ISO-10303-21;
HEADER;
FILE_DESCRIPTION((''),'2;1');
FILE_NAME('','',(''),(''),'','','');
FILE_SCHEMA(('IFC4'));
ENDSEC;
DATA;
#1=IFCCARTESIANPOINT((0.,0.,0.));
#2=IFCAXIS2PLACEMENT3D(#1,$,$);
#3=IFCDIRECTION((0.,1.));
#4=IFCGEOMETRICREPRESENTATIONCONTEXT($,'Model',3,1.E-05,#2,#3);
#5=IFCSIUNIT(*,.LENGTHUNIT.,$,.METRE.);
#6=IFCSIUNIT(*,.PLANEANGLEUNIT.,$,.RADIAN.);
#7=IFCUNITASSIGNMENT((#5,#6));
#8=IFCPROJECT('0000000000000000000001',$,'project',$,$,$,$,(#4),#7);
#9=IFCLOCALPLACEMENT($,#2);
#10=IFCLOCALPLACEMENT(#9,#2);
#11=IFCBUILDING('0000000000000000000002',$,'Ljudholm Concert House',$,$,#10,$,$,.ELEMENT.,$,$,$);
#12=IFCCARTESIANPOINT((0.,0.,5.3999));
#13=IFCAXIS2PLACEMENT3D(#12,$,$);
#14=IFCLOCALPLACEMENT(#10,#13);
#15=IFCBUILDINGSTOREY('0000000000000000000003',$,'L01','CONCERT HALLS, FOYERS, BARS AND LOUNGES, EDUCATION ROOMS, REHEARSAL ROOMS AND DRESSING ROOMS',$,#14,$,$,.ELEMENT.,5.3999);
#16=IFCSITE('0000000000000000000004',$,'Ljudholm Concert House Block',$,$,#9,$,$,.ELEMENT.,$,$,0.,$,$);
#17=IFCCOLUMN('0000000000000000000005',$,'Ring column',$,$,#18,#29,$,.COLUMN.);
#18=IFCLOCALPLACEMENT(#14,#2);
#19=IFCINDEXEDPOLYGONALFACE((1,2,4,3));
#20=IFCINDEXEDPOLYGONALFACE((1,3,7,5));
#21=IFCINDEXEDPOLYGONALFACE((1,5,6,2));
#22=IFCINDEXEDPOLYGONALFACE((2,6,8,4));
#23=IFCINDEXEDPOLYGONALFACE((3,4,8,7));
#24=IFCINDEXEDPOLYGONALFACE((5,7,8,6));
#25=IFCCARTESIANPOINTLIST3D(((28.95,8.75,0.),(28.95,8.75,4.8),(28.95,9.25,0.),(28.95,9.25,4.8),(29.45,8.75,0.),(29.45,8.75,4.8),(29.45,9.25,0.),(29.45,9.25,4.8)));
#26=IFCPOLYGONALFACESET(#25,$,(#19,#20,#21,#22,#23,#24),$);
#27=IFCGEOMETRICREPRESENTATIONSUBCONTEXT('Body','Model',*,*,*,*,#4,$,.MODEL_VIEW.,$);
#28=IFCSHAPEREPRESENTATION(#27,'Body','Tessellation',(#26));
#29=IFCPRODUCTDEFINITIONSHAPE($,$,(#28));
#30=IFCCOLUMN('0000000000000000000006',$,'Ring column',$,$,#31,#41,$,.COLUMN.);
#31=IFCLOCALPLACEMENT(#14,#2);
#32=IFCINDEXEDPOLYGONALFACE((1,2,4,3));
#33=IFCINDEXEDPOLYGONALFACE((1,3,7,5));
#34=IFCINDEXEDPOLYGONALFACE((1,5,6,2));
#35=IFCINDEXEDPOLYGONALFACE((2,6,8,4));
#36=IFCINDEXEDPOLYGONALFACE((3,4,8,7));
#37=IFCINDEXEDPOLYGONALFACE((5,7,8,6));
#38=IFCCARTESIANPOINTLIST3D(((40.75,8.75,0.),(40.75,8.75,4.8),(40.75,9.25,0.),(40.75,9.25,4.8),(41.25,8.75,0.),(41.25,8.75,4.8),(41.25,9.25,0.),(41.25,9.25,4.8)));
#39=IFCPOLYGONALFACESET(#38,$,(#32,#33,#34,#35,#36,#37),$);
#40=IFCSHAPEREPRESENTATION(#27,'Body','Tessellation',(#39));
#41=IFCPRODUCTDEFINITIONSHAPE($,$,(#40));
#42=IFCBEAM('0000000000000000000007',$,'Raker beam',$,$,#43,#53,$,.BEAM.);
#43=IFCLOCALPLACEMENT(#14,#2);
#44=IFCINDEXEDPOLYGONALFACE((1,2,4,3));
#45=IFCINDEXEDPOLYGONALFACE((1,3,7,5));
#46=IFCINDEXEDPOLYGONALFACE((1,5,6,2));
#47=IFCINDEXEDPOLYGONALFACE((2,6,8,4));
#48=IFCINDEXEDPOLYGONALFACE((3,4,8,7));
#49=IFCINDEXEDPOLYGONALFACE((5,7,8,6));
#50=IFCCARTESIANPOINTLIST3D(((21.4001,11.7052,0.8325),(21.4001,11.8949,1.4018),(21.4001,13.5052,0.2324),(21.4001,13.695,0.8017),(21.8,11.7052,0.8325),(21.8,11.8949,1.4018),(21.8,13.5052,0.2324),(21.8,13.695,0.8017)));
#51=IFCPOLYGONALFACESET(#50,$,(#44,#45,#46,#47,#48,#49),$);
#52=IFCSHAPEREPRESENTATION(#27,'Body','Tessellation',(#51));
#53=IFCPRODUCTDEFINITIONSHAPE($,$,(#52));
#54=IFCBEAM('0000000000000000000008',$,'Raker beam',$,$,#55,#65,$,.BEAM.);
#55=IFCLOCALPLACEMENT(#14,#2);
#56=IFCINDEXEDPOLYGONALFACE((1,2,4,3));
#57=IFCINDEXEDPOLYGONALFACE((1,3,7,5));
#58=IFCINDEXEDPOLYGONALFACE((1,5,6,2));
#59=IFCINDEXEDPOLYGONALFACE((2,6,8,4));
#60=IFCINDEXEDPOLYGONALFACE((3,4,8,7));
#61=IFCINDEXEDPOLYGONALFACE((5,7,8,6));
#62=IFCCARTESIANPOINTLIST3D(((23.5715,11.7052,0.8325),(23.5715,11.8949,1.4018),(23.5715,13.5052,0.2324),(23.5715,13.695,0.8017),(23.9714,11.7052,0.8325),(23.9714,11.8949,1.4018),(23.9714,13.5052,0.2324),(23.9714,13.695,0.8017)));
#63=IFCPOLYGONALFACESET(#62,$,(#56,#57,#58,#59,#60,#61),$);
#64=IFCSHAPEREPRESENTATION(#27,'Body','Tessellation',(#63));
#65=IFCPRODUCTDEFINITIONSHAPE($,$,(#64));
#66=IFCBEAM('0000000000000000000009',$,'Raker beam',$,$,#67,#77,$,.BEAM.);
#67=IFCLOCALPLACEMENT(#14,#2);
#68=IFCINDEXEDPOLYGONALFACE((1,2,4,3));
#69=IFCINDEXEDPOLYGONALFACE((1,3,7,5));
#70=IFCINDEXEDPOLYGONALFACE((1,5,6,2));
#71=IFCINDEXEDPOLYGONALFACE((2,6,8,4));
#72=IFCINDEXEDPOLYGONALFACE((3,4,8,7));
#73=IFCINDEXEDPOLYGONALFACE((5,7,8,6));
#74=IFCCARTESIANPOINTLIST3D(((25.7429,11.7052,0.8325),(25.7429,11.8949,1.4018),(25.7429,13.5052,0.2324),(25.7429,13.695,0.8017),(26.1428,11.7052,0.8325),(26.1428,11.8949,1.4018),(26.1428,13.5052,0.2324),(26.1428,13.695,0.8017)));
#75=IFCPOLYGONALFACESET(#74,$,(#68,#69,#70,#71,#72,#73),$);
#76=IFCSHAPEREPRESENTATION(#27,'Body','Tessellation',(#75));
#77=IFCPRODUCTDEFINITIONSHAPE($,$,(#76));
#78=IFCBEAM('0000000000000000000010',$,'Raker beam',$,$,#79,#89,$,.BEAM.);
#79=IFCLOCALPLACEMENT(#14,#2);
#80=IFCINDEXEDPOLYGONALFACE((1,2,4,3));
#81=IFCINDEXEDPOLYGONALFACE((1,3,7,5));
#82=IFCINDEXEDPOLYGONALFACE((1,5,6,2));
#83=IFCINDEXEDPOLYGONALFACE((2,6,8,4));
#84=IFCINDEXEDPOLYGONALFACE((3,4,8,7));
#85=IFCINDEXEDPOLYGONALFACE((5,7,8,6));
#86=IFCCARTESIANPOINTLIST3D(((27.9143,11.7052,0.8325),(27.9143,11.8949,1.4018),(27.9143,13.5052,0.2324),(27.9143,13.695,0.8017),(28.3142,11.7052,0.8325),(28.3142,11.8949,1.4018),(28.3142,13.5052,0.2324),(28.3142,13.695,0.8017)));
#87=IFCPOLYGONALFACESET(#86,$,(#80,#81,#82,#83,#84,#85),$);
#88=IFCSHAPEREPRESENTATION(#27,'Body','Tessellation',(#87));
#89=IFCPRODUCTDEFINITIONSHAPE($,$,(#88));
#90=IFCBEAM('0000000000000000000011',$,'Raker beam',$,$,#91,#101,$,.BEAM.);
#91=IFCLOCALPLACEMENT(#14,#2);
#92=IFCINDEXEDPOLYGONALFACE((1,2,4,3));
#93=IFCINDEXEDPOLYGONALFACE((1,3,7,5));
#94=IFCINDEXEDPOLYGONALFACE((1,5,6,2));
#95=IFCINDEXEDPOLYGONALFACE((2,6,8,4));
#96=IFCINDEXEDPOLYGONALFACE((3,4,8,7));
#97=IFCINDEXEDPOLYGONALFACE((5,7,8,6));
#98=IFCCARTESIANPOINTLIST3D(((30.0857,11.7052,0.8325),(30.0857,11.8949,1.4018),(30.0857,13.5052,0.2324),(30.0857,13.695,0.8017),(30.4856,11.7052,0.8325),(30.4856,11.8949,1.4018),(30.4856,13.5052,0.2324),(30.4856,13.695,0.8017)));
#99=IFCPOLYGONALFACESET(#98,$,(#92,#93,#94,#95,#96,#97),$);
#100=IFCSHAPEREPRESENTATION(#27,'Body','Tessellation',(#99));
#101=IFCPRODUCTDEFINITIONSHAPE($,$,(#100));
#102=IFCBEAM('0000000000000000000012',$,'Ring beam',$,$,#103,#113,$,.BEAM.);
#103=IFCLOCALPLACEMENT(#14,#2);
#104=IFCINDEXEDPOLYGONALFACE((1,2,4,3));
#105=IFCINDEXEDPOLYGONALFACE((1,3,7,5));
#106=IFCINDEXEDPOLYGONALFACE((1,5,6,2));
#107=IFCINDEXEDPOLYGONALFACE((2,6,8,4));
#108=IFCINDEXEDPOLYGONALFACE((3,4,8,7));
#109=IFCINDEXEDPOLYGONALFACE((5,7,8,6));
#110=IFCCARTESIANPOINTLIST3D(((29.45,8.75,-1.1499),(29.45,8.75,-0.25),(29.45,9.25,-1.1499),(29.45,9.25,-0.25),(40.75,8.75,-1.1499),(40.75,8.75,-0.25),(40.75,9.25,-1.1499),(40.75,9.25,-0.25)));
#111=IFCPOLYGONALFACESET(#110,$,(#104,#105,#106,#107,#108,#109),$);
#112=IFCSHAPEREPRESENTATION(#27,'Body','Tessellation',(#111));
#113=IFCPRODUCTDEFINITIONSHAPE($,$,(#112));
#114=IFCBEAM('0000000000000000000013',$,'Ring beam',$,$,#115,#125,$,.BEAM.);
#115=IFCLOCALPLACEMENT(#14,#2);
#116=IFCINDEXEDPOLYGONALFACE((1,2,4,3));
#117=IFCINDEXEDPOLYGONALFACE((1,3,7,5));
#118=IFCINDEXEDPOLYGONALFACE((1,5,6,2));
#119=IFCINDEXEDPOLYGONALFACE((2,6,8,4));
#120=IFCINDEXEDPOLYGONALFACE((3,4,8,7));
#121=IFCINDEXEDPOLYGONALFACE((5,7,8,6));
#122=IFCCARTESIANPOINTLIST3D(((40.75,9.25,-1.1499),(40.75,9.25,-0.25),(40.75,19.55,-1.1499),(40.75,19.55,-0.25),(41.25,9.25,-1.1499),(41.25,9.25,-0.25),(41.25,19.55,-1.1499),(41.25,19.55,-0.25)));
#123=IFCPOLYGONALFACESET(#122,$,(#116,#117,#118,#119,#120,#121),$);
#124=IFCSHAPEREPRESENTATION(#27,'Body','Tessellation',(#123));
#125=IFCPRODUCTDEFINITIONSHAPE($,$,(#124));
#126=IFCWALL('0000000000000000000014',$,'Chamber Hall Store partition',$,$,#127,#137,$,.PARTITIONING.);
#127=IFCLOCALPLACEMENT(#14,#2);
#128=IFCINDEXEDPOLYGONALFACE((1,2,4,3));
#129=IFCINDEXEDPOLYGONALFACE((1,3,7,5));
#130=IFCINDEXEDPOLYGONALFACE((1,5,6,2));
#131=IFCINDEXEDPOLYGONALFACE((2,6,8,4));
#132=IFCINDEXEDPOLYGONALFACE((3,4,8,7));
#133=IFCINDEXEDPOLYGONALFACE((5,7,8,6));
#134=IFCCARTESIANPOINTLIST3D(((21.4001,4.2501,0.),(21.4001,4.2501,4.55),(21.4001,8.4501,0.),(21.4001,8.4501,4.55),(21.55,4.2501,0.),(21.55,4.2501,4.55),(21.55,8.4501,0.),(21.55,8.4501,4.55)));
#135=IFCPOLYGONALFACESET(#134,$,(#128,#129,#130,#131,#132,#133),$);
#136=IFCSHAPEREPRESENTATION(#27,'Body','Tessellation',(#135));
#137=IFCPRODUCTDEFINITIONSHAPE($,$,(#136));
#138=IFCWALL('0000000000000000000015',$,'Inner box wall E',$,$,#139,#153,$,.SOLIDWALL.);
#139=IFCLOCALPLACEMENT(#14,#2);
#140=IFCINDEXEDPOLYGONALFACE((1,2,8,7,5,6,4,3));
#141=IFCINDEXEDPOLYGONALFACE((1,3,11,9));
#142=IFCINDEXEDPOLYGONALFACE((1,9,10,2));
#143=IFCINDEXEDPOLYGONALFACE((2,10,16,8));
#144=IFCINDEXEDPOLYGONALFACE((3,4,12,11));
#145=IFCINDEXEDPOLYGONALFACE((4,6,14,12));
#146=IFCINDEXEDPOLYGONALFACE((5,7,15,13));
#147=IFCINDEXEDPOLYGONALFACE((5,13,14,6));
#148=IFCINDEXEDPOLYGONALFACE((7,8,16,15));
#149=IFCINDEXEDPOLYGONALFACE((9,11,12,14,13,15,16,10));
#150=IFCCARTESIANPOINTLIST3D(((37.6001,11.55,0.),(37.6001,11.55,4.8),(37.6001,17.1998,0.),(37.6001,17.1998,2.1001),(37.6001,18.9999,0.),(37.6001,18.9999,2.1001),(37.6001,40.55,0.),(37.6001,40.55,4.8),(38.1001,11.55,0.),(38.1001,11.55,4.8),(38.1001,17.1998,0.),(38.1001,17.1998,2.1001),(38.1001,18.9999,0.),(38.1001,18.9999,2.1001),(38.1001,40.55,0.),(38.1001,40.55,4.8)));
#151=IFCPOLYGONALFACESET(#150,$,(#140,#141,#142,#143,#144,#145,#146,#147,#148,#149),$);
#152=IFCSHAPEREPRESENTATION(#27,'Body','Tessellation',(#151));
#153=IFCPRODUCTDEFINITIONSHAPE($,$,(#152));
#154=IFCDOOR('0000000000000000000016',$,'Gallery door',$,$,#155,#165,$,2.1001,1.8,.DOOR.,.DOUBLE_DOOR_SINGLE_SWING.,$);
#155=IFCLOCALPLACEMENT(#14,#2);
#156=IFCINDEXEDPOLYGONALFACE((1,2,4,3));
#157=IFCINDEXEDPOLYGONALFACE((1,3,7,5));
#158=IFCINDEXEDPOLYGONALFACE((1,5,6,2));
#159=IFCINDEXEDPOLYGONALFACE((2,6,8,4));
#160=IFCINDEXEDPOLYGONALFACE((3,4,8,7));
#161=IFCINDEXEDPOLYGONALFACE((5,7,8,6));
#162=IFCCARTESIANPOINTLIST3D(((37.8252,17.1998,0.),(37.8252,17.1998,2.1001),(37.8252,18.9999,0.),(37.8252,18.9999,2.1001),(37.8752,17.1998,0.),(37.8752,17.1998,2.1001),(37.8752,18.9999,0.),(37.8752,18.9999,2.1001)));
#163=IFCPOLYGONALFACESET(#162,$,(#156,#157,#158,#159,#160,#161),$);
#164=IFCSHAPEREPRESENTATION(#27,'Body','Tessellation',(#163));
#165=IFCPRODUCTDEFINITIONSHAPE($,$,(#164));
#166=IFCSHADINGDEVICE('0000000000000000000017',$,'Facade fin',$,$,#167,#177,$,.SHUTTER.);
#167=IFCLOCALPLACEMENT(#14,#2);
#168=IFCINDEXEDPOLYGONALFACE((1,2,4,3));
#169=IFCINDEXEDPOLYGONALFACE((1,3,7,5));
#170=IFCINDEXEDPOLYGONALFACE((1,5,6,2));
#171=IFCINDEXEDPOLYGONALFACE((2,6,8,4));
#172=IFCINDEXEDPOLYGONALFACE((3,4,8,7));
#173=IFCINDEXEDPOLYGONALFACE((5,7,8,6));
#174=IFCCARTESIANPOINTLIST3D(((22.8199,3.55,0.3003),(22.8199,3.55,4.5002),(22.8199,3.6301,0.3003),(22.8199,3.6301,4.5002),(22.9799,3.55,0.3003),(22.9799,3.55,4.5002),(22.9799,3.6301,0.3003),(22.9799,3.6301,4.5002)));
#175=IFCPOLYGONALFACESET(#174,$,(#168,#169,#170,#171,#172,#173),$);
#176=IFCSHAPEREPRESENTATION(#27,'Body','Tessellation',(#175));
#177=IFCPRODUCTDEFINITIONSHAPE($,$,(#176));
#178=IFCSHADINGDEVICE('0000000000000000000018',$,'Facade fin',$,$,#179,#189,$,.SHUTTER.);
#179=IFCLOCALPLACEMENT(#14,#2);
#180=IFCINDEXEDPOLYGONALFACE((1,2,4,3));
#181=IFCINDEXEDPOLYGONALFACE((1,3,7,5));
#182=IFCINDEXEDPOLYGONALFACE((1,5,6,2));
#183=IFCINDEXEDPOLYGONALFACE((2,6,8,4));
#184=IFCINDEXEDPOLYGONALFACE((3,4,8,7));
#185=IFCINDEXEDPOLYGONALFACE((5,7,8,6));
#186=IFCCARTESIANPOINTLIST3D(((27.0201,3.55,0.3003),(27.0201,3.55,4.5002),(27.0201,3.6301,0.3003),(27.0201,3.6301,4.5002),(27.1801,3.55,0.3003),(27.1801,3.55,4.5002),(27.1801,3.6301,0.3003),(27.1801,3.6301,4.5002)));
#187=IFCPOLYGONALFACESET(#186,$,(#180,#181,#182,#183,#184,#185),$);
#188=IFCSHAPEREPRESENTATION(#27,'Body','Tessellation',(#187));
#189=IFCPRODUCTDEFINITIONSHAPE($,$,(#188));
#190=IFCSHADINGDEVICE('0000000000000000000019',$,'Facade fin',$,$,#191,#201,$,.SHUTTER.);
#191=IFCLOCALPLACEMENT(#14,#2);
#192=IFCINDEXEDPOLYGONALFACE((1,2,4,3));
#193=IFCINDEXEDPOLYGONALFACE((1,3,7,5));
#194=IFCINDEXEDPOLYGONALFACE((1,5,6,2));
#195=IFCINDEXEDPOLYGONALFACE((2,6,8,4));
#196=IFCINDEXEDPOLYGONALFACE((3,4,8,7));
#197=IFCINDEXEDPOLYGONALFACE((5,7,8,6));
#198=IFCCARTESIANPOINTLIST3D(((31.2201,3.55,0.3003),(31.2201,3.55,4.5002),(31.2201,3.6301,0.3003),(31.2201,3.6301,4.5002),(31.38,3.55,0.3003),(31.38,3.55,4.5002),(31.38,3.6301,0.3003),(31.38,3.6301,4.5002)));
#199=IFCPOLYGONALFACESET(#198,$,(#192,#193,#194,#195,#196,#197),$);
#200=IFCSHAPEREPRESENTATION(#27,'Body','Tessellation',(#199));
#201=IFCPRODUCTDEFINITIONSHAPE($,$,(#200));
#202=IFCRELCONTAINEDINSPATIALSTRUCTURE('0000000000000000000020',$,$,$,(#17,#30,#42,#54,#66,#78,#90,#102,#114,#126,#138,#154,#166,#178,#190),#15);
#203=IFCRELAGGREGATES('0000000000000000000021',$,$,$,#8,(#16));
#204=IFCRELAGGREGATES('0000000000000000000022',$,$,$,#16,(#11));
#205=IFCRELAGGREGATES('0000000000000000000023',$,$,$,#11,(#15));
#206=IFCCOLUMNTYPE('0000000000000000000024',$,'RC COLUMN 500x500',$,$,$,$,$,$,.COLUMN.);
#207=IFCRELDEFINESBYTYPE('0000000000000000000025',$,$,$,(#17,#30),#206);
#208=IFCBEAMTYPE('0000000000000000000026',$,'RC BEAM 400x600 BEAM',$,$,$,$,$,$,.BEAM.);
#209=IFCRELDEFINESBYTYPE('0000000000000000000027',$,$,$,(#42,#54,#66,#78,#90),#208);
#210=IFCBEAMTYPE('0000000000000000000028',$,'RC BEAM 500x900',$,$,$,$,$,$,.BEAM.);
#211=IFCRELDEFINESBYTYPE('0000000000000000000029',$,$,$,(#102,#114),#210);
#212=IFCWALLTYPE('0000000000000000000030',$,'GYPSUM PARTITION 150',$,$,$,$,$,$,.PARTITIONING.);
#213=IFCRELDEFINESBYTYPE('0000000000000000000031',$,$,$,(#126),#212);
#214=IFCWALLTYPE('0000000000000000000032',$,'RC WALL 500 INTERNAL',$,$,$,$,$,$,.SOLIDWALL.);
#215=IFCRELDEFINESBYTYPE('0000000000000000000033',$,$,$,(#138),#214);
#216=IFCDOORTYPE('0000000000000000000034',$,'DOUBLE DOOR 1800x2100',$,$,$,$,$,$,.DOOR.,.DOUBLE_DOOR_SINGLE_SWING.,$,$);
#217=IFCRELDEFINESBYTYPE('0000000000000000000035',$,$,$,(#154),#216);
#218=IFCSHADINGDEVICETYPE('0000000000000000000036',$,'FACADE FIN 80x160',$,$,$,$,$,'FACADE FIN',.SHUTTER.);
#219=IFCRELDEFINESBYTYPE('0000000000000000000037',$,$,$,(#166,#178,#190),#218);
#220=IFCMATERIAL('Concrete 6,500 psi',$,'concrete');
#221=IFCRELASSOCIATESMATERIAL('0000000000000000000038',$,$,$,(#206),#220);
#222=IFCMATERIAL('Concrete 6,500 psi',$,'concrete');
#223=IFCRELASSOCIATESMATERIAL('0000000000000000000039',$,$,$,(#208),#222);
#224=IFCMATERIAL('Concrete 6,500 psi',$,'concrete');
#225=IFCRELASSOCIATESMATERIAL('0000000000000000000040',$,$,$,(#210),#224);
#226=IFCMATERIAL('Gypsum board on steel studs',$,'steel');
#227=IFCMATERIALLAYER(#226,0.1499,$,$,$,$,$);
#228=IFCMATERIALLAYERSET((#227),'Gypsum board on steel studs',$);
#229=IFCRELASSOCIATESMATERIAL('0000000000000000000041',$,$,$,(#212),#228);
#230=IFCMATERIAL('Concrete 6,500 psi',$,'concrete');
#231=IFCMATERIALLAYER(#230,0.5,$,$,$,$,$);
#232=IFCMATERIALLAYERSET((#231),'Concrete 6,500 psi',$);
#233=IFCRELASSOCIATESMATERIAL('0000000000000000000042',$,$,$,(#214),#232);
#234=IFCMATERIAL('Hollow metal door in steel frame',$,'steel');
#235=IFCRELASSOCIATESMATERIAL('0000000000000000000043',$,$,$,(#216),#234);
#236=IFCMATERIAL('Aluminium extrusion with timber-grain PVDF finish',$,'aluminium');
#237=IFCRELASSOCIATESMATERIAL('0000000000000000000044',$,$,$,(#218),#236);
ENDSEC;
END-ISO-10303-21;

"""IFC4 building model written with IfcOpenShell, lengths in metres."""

from ifc_helpers import new_model, si_unit, direction, frame, frame_2d, origin, origin_2d, place, context, subcontext, project, spatial, rectangle, extrude, material, layer, layer_set, material_profile, profile_set, type_object, element, fill, save


model = new_model("IFC4")

# Units and contexts
model_context = context("Model", 3, precision=1e-05, world=origin(), true_north=direction((0.0, 1.0)))
body_context = subcontext(model_context, "Body", "Model", "MODEL_VIEW")
ifc_project = project(units=[si_unit("LENGTHUNIT", "METRE"), si_unit("PLANEANGLEUNIT", "RADIAN")], contexts=[model_context])

# Site, building, storey
site_placement = place(None, origin())
site = spatial("IfcSite", under=ifc_project, at=site_placement, Name="Ljudholm Concert House Block", CompositionType="ELEMENT", RefElevation=0.0)
building_placement = place(site_placement, origin())
building = spatial("IfcBuilding", under=site, at=building_placement, Name="Ljudholm Concert House", CompositionType="ELEMENT")
storey_placement = place(building_placement, frame((0.0, 0.0, 5.3999)))
storey = spatial("IfcBuildingStorey", under=building, at=storey_placement, Name="L01", Description="CONCERT HALLS, FOYERS, BARS AND LOUNGES, EDUCATION ROOMS, REHEARSAL ROOMS AND DRESSING ROOMS", CompositionType="ELEMENT", Elevation=5.3999)

# Columns
ifc_material_1 = material(Name="Concrete 6,500 psi", Category="concrete")
ifc_material_profile_1 = material_profile(ifc_material_1, rectangle(XDim=0.5, YDim=0.5, at=origin_2d()), Name="RC COLUMN 500x500")
ifc_profile_set_1 = profile_set([ifc_material_profile_1], Name="Concrete 6,500 psi")
column_type = type_object("IfcColumnType", Name="RC COLUMN 500x500", PredefinedType="COLUMN", material=ifc_profile_set_1)
for number, where, z_axis, x_axis, name in (
    (1, (29.2, 9.0, 0.0), (0.0, 0.0, 1.0), (1.0, 0.0, 0.0), "Ring column"),
    (2, (41.0, 9.0, 0.0), (0.0, 0.0, 1.0), (1.0, 0.0, 0.0), "Ring column"),
):
    element("IfcColumn", number, at=place(storey_placement, frame(where, z_axis=z_axis, x_axis=x_axis)), inside=storey, type_object=column_type, Name=name, PredefinedType="COLUMN", context=body_context, shape_type="SweptSolid", body=[
        extrude(rectangle(XDim=0.5, YDim=0.5, at=origin_2d()), origin(), (0.0, 0.0, 1.0), 4.8),
    ])

# Beams
ifc_material_2 = material(Name="Concrete 6,500 psi", Category="concrete")
ifc_material_profile_2 = material_profile(ifc_material_2, rectangle(XDim=0.3999, YDim=0.6001, at=origin_2d()), Name="RC BEAM 400x600 BEAM")
ifc_profile_set_2 = profile_set([ifc_material_profile_2], Name="Concrete 6,500 psi")
beam_type_1 = type_object("IfcBeamType", Name="RC BEAM 400x600 BEAM", PredefinedType="BEAM", material=ifc_profile_set_2)
for number, where, z_axis, x_axis, name in (
    (3, (21.6001, 11.8, 1.1172), (0.0, 0.94867, -0.316266), (-1.0, 0.0, 0.0), "Raker beam"),
    (4, (23.7715, 11.8, 1.1172), (0.0, 0.94867, -0.316266), (-1.0, 0.0, 0.0), "Raker beam"),
    (5, (25.9429, 11.8, 1.1172), (0.0, 0.94867, -0.316266), (-1.0, 0.0, 0.0), "Raker beam"),
    (6, (28.1143, 11.8, 1.1172), (0.0, 0.94867, -0.316266), (-1.0, 0.0, 0.0), "Raker beam"),
    (7, (30.2856, 11.8, 1.1172), (0.0, 0.94867, -0.316266), (-1.0, 0.0, 0.0), "Raker beam"),
):
    element("IfcBeam", number, at=place(storey_placement, frame(where, z_axis=z_axis, x_axis=x_axis)), inside=storey, type_object=beam_type_1, Name=name, PredefinedType="BEAM", context=body_context, shape_type="SweptSolid", body=[
        extrude(rectangle(XDim=0.3999, YDim=0.6001, at=origin_2d()), origin(), (0.0, 0.0, 1.0), 1.8975),
    ])
ifc_material_3 = material(Name="Concrete 6,500 psi", Category="concrete")
ifc_material_profile_3 = material_profile(ifc_material_3, rectangle(XDim=0.5, YDim=0.8999, at=origin_2d()), Name="RC BEAM 500x900")
ifc_profile_set_3 = profile_set([ifc_material_profile_3], Name="Concrete 6,500 psi")
beam_type_2 = type_object("IfcBeamType", Name="RC BEAM 500x900", PredefinedType="BEAM", material=ifc_profile_set_3)
beam_1_placement = place(storey_placement, frame((29.45, 9.0, -0.7), z_axis=(1.0, 0.0, 0.0), x_axis=(0.0, 1.0, 0.0)))
element("IfcBeam", 8, at=beam_1_placement, inside=storey, type_object=beam_type_2, Name="Ring beam", PredefinedType="BEAM", context=body_context, shape_type="SweptSolid", body=[
    extrude(rectangle(XDim=0.5, YDim=0.8999, at=origin_2d()), origin(), (0.0, 0.0, 1.0), 11.3),
])
beam_2_placement = place(storey_placement, frame((41.0, 9.25, -0.7), z_axis=(0.0, 1.0, 0.0), x_axis=(-1.0, 0.0, 0.0)))
element("IfcBeam", 9, at=beam_2_placement, inside=storey, type_object=beam_type_2, Name="Ring beam", PredefinedType="BEAM", context=body_context, shape_type="SweptSolid", body=[
    extrude(rectangle(XDim=0.5, YDim=0.8999, at=origin_2d()), origin(), (0.0, 0.0, 1.0), 10.3),
])

# Wall
ifc_material_4 = material(Name="Gypsum board on steel studs", Category="steel")
ifc_layer_1 = layer(ifc_material_4, 0.1499)
ifc_layer_set_1 = layer_set([ifc_layer_1], Name="Gypsum board on steel studs")
wall_type_1 = type_object("IfcWallType", Name="GYPSUM PARTITION 150", PredefinedType="PARTITIONING", material=ifc_layer_set_1)
wall_1_placement = place(storey_placement, frame((21.4751, 4.25, 0.0), z_axis=(0.0, 0.0, 1.0), x_axis=(0.0, 1.0, 0.0)))
element("IfcWall", 10, at=wall_1_placement, inside=storey, type_object=wall_type_1, Name="Chamber Hall Store partition", PredefinedType="PARTITIONING", context=body_context, shape_type="SweptSolid", body=[
    extrude(rectangle(XDim=4.2, YDim=0.1499, at=frame_2d((2.1001, 0.0))), origin(), (0.0, 0.0, 1.0), 4.55),
])

# Wall, opening, door
ifc_material_5 = material(Name="Concrete 6,500 psi", Category="concrete")
ifc_layer_2 = layer(ifc_material_5, 0.5)
ifc_layer_set_2 = layer_set([ifc_layer_2], Name="Concrete 6,500 psi")
wall_type_2 = type_object("IfcWallType", Name="RC WALL 500 INTERNAL", PredefinedType="SOLIDWALL", material=ifc_layer_set_2)
wall_2_placement = place(storey_placement, frame((37.8501, 11.55, 0.0), z_axis=(0.0, 0.0, 1.0), x_axis=(0.0, 1.0, 0.0)))
wall_2 = element("IfcWall", 11, at=wall_2_placement, inside=storey, type_object=wall_type_2, Name="Inner box wall E", PredefinedType="SOLIDWALL", context=body_context, shape_type="SweptSolid", body=[
    extrude(rectangle(XDim=29.0, YDim=0.5, at=frame_2d((14.5, 0.0))), origin(), (0.0, 0.0, 1.0), 4.8),
])
opening_placement = place(wall_2_placement, frame((5.6499, 0.0, 0.0)))
opening = element("IfcOpeningElement", 12, at=opening_placement, cuts=wall_2, PredefinedType="OPENING", context=body_context, shape_type="SweptSolid", body=[
    extrude(rectangle(XDim=1.8, YDim=2.1001, at=frame_2d((0.8999, 1.05))), frame((0.0, 0.26, 0.0), z_axis=(0.0, -1.0, 0.0), x_axis=(1.0, 0.0, 0.0)), (0.0, 0.0, 1.0), 0.52),
])
ifc_material_6 = material(Name="Hollow metal door in steel frame", Category="steel")
door_type = type_object("IfcDoorType", Name="DOUBLE DOOR 1800x2100", OperationType="DOUBLE_DOOR_SINGLE_SWING", PredefinedType="DOOR", material=ifc_material_6)
door_placement = place(opening_placement, origin())
door = element("IfcDoor", 13, at=door_placement, inside=storey, type_object=door_type, Name="Gallery door", OperationType="DOUBLE_DOOR_SINGLE_SWING", OverallHeight=2.1001, OverallWidth=1.8, PredefinedType="DOOR", context=body_context, shape_type="SweptSolid", body=[
    extrude(rectangle(XDim=1.8, YDim=2.1001, at=frame_2d((0.8999, 1.05))), frame((0.0, 0.0249, 0.0), z_axis=(0.0, -1.0, 0.0), x_axis=(1.0, 0.0, 0.0)), (0.0, 0.0, 1.0), 0.05),
])
fill(opening, door)

# Shading devices
ifc_material_7 = material(Name="Aluminium extrusion with timber-grain PVDF finish", Category="aluminium")
shading_device_type = type_object("IfcShadingDeviceType", Name="FACADE FIN 80x160", ElementType="FACADE FIN", PredefinedType="SHUTTER", material=ifc_material_7)
for number, where, z_axis, x_axis, name in (
    (14, (22.8999, 3.5901, 0.3003), (0.0, 0.0, 1.0), (0.0, -1.0, 0.0), "Facade fin"),
    (15, (27.1001, 3.5901, 0.3003), (0.0, 0.0, 1.0), (0.0, -1.0, 0.0), "Facade fin"),
    (16, (31.3, 3.5901, 0.3003), (0.0, 0.0, 1.0), (0.0, -1.0, 0.0), "Facade fin"),
):
    element("IfcShadingDevice", number, at=place(storey_placement, frame(where, z_axis=z_axis, x_axis=x_axis)), inside=storey, type_object=shading_device_type, Name=name, PredefinedType="SHUTTER", context=body_context, shape_type="SweptSolid", body=[
        extrude(rectangle(XDim=0.0801, YDim=0.1599, at=origin_2d()), origin(), (0.0, 0.0, 1.0), 4.2),
    ])

save(model, "model.ifc")
